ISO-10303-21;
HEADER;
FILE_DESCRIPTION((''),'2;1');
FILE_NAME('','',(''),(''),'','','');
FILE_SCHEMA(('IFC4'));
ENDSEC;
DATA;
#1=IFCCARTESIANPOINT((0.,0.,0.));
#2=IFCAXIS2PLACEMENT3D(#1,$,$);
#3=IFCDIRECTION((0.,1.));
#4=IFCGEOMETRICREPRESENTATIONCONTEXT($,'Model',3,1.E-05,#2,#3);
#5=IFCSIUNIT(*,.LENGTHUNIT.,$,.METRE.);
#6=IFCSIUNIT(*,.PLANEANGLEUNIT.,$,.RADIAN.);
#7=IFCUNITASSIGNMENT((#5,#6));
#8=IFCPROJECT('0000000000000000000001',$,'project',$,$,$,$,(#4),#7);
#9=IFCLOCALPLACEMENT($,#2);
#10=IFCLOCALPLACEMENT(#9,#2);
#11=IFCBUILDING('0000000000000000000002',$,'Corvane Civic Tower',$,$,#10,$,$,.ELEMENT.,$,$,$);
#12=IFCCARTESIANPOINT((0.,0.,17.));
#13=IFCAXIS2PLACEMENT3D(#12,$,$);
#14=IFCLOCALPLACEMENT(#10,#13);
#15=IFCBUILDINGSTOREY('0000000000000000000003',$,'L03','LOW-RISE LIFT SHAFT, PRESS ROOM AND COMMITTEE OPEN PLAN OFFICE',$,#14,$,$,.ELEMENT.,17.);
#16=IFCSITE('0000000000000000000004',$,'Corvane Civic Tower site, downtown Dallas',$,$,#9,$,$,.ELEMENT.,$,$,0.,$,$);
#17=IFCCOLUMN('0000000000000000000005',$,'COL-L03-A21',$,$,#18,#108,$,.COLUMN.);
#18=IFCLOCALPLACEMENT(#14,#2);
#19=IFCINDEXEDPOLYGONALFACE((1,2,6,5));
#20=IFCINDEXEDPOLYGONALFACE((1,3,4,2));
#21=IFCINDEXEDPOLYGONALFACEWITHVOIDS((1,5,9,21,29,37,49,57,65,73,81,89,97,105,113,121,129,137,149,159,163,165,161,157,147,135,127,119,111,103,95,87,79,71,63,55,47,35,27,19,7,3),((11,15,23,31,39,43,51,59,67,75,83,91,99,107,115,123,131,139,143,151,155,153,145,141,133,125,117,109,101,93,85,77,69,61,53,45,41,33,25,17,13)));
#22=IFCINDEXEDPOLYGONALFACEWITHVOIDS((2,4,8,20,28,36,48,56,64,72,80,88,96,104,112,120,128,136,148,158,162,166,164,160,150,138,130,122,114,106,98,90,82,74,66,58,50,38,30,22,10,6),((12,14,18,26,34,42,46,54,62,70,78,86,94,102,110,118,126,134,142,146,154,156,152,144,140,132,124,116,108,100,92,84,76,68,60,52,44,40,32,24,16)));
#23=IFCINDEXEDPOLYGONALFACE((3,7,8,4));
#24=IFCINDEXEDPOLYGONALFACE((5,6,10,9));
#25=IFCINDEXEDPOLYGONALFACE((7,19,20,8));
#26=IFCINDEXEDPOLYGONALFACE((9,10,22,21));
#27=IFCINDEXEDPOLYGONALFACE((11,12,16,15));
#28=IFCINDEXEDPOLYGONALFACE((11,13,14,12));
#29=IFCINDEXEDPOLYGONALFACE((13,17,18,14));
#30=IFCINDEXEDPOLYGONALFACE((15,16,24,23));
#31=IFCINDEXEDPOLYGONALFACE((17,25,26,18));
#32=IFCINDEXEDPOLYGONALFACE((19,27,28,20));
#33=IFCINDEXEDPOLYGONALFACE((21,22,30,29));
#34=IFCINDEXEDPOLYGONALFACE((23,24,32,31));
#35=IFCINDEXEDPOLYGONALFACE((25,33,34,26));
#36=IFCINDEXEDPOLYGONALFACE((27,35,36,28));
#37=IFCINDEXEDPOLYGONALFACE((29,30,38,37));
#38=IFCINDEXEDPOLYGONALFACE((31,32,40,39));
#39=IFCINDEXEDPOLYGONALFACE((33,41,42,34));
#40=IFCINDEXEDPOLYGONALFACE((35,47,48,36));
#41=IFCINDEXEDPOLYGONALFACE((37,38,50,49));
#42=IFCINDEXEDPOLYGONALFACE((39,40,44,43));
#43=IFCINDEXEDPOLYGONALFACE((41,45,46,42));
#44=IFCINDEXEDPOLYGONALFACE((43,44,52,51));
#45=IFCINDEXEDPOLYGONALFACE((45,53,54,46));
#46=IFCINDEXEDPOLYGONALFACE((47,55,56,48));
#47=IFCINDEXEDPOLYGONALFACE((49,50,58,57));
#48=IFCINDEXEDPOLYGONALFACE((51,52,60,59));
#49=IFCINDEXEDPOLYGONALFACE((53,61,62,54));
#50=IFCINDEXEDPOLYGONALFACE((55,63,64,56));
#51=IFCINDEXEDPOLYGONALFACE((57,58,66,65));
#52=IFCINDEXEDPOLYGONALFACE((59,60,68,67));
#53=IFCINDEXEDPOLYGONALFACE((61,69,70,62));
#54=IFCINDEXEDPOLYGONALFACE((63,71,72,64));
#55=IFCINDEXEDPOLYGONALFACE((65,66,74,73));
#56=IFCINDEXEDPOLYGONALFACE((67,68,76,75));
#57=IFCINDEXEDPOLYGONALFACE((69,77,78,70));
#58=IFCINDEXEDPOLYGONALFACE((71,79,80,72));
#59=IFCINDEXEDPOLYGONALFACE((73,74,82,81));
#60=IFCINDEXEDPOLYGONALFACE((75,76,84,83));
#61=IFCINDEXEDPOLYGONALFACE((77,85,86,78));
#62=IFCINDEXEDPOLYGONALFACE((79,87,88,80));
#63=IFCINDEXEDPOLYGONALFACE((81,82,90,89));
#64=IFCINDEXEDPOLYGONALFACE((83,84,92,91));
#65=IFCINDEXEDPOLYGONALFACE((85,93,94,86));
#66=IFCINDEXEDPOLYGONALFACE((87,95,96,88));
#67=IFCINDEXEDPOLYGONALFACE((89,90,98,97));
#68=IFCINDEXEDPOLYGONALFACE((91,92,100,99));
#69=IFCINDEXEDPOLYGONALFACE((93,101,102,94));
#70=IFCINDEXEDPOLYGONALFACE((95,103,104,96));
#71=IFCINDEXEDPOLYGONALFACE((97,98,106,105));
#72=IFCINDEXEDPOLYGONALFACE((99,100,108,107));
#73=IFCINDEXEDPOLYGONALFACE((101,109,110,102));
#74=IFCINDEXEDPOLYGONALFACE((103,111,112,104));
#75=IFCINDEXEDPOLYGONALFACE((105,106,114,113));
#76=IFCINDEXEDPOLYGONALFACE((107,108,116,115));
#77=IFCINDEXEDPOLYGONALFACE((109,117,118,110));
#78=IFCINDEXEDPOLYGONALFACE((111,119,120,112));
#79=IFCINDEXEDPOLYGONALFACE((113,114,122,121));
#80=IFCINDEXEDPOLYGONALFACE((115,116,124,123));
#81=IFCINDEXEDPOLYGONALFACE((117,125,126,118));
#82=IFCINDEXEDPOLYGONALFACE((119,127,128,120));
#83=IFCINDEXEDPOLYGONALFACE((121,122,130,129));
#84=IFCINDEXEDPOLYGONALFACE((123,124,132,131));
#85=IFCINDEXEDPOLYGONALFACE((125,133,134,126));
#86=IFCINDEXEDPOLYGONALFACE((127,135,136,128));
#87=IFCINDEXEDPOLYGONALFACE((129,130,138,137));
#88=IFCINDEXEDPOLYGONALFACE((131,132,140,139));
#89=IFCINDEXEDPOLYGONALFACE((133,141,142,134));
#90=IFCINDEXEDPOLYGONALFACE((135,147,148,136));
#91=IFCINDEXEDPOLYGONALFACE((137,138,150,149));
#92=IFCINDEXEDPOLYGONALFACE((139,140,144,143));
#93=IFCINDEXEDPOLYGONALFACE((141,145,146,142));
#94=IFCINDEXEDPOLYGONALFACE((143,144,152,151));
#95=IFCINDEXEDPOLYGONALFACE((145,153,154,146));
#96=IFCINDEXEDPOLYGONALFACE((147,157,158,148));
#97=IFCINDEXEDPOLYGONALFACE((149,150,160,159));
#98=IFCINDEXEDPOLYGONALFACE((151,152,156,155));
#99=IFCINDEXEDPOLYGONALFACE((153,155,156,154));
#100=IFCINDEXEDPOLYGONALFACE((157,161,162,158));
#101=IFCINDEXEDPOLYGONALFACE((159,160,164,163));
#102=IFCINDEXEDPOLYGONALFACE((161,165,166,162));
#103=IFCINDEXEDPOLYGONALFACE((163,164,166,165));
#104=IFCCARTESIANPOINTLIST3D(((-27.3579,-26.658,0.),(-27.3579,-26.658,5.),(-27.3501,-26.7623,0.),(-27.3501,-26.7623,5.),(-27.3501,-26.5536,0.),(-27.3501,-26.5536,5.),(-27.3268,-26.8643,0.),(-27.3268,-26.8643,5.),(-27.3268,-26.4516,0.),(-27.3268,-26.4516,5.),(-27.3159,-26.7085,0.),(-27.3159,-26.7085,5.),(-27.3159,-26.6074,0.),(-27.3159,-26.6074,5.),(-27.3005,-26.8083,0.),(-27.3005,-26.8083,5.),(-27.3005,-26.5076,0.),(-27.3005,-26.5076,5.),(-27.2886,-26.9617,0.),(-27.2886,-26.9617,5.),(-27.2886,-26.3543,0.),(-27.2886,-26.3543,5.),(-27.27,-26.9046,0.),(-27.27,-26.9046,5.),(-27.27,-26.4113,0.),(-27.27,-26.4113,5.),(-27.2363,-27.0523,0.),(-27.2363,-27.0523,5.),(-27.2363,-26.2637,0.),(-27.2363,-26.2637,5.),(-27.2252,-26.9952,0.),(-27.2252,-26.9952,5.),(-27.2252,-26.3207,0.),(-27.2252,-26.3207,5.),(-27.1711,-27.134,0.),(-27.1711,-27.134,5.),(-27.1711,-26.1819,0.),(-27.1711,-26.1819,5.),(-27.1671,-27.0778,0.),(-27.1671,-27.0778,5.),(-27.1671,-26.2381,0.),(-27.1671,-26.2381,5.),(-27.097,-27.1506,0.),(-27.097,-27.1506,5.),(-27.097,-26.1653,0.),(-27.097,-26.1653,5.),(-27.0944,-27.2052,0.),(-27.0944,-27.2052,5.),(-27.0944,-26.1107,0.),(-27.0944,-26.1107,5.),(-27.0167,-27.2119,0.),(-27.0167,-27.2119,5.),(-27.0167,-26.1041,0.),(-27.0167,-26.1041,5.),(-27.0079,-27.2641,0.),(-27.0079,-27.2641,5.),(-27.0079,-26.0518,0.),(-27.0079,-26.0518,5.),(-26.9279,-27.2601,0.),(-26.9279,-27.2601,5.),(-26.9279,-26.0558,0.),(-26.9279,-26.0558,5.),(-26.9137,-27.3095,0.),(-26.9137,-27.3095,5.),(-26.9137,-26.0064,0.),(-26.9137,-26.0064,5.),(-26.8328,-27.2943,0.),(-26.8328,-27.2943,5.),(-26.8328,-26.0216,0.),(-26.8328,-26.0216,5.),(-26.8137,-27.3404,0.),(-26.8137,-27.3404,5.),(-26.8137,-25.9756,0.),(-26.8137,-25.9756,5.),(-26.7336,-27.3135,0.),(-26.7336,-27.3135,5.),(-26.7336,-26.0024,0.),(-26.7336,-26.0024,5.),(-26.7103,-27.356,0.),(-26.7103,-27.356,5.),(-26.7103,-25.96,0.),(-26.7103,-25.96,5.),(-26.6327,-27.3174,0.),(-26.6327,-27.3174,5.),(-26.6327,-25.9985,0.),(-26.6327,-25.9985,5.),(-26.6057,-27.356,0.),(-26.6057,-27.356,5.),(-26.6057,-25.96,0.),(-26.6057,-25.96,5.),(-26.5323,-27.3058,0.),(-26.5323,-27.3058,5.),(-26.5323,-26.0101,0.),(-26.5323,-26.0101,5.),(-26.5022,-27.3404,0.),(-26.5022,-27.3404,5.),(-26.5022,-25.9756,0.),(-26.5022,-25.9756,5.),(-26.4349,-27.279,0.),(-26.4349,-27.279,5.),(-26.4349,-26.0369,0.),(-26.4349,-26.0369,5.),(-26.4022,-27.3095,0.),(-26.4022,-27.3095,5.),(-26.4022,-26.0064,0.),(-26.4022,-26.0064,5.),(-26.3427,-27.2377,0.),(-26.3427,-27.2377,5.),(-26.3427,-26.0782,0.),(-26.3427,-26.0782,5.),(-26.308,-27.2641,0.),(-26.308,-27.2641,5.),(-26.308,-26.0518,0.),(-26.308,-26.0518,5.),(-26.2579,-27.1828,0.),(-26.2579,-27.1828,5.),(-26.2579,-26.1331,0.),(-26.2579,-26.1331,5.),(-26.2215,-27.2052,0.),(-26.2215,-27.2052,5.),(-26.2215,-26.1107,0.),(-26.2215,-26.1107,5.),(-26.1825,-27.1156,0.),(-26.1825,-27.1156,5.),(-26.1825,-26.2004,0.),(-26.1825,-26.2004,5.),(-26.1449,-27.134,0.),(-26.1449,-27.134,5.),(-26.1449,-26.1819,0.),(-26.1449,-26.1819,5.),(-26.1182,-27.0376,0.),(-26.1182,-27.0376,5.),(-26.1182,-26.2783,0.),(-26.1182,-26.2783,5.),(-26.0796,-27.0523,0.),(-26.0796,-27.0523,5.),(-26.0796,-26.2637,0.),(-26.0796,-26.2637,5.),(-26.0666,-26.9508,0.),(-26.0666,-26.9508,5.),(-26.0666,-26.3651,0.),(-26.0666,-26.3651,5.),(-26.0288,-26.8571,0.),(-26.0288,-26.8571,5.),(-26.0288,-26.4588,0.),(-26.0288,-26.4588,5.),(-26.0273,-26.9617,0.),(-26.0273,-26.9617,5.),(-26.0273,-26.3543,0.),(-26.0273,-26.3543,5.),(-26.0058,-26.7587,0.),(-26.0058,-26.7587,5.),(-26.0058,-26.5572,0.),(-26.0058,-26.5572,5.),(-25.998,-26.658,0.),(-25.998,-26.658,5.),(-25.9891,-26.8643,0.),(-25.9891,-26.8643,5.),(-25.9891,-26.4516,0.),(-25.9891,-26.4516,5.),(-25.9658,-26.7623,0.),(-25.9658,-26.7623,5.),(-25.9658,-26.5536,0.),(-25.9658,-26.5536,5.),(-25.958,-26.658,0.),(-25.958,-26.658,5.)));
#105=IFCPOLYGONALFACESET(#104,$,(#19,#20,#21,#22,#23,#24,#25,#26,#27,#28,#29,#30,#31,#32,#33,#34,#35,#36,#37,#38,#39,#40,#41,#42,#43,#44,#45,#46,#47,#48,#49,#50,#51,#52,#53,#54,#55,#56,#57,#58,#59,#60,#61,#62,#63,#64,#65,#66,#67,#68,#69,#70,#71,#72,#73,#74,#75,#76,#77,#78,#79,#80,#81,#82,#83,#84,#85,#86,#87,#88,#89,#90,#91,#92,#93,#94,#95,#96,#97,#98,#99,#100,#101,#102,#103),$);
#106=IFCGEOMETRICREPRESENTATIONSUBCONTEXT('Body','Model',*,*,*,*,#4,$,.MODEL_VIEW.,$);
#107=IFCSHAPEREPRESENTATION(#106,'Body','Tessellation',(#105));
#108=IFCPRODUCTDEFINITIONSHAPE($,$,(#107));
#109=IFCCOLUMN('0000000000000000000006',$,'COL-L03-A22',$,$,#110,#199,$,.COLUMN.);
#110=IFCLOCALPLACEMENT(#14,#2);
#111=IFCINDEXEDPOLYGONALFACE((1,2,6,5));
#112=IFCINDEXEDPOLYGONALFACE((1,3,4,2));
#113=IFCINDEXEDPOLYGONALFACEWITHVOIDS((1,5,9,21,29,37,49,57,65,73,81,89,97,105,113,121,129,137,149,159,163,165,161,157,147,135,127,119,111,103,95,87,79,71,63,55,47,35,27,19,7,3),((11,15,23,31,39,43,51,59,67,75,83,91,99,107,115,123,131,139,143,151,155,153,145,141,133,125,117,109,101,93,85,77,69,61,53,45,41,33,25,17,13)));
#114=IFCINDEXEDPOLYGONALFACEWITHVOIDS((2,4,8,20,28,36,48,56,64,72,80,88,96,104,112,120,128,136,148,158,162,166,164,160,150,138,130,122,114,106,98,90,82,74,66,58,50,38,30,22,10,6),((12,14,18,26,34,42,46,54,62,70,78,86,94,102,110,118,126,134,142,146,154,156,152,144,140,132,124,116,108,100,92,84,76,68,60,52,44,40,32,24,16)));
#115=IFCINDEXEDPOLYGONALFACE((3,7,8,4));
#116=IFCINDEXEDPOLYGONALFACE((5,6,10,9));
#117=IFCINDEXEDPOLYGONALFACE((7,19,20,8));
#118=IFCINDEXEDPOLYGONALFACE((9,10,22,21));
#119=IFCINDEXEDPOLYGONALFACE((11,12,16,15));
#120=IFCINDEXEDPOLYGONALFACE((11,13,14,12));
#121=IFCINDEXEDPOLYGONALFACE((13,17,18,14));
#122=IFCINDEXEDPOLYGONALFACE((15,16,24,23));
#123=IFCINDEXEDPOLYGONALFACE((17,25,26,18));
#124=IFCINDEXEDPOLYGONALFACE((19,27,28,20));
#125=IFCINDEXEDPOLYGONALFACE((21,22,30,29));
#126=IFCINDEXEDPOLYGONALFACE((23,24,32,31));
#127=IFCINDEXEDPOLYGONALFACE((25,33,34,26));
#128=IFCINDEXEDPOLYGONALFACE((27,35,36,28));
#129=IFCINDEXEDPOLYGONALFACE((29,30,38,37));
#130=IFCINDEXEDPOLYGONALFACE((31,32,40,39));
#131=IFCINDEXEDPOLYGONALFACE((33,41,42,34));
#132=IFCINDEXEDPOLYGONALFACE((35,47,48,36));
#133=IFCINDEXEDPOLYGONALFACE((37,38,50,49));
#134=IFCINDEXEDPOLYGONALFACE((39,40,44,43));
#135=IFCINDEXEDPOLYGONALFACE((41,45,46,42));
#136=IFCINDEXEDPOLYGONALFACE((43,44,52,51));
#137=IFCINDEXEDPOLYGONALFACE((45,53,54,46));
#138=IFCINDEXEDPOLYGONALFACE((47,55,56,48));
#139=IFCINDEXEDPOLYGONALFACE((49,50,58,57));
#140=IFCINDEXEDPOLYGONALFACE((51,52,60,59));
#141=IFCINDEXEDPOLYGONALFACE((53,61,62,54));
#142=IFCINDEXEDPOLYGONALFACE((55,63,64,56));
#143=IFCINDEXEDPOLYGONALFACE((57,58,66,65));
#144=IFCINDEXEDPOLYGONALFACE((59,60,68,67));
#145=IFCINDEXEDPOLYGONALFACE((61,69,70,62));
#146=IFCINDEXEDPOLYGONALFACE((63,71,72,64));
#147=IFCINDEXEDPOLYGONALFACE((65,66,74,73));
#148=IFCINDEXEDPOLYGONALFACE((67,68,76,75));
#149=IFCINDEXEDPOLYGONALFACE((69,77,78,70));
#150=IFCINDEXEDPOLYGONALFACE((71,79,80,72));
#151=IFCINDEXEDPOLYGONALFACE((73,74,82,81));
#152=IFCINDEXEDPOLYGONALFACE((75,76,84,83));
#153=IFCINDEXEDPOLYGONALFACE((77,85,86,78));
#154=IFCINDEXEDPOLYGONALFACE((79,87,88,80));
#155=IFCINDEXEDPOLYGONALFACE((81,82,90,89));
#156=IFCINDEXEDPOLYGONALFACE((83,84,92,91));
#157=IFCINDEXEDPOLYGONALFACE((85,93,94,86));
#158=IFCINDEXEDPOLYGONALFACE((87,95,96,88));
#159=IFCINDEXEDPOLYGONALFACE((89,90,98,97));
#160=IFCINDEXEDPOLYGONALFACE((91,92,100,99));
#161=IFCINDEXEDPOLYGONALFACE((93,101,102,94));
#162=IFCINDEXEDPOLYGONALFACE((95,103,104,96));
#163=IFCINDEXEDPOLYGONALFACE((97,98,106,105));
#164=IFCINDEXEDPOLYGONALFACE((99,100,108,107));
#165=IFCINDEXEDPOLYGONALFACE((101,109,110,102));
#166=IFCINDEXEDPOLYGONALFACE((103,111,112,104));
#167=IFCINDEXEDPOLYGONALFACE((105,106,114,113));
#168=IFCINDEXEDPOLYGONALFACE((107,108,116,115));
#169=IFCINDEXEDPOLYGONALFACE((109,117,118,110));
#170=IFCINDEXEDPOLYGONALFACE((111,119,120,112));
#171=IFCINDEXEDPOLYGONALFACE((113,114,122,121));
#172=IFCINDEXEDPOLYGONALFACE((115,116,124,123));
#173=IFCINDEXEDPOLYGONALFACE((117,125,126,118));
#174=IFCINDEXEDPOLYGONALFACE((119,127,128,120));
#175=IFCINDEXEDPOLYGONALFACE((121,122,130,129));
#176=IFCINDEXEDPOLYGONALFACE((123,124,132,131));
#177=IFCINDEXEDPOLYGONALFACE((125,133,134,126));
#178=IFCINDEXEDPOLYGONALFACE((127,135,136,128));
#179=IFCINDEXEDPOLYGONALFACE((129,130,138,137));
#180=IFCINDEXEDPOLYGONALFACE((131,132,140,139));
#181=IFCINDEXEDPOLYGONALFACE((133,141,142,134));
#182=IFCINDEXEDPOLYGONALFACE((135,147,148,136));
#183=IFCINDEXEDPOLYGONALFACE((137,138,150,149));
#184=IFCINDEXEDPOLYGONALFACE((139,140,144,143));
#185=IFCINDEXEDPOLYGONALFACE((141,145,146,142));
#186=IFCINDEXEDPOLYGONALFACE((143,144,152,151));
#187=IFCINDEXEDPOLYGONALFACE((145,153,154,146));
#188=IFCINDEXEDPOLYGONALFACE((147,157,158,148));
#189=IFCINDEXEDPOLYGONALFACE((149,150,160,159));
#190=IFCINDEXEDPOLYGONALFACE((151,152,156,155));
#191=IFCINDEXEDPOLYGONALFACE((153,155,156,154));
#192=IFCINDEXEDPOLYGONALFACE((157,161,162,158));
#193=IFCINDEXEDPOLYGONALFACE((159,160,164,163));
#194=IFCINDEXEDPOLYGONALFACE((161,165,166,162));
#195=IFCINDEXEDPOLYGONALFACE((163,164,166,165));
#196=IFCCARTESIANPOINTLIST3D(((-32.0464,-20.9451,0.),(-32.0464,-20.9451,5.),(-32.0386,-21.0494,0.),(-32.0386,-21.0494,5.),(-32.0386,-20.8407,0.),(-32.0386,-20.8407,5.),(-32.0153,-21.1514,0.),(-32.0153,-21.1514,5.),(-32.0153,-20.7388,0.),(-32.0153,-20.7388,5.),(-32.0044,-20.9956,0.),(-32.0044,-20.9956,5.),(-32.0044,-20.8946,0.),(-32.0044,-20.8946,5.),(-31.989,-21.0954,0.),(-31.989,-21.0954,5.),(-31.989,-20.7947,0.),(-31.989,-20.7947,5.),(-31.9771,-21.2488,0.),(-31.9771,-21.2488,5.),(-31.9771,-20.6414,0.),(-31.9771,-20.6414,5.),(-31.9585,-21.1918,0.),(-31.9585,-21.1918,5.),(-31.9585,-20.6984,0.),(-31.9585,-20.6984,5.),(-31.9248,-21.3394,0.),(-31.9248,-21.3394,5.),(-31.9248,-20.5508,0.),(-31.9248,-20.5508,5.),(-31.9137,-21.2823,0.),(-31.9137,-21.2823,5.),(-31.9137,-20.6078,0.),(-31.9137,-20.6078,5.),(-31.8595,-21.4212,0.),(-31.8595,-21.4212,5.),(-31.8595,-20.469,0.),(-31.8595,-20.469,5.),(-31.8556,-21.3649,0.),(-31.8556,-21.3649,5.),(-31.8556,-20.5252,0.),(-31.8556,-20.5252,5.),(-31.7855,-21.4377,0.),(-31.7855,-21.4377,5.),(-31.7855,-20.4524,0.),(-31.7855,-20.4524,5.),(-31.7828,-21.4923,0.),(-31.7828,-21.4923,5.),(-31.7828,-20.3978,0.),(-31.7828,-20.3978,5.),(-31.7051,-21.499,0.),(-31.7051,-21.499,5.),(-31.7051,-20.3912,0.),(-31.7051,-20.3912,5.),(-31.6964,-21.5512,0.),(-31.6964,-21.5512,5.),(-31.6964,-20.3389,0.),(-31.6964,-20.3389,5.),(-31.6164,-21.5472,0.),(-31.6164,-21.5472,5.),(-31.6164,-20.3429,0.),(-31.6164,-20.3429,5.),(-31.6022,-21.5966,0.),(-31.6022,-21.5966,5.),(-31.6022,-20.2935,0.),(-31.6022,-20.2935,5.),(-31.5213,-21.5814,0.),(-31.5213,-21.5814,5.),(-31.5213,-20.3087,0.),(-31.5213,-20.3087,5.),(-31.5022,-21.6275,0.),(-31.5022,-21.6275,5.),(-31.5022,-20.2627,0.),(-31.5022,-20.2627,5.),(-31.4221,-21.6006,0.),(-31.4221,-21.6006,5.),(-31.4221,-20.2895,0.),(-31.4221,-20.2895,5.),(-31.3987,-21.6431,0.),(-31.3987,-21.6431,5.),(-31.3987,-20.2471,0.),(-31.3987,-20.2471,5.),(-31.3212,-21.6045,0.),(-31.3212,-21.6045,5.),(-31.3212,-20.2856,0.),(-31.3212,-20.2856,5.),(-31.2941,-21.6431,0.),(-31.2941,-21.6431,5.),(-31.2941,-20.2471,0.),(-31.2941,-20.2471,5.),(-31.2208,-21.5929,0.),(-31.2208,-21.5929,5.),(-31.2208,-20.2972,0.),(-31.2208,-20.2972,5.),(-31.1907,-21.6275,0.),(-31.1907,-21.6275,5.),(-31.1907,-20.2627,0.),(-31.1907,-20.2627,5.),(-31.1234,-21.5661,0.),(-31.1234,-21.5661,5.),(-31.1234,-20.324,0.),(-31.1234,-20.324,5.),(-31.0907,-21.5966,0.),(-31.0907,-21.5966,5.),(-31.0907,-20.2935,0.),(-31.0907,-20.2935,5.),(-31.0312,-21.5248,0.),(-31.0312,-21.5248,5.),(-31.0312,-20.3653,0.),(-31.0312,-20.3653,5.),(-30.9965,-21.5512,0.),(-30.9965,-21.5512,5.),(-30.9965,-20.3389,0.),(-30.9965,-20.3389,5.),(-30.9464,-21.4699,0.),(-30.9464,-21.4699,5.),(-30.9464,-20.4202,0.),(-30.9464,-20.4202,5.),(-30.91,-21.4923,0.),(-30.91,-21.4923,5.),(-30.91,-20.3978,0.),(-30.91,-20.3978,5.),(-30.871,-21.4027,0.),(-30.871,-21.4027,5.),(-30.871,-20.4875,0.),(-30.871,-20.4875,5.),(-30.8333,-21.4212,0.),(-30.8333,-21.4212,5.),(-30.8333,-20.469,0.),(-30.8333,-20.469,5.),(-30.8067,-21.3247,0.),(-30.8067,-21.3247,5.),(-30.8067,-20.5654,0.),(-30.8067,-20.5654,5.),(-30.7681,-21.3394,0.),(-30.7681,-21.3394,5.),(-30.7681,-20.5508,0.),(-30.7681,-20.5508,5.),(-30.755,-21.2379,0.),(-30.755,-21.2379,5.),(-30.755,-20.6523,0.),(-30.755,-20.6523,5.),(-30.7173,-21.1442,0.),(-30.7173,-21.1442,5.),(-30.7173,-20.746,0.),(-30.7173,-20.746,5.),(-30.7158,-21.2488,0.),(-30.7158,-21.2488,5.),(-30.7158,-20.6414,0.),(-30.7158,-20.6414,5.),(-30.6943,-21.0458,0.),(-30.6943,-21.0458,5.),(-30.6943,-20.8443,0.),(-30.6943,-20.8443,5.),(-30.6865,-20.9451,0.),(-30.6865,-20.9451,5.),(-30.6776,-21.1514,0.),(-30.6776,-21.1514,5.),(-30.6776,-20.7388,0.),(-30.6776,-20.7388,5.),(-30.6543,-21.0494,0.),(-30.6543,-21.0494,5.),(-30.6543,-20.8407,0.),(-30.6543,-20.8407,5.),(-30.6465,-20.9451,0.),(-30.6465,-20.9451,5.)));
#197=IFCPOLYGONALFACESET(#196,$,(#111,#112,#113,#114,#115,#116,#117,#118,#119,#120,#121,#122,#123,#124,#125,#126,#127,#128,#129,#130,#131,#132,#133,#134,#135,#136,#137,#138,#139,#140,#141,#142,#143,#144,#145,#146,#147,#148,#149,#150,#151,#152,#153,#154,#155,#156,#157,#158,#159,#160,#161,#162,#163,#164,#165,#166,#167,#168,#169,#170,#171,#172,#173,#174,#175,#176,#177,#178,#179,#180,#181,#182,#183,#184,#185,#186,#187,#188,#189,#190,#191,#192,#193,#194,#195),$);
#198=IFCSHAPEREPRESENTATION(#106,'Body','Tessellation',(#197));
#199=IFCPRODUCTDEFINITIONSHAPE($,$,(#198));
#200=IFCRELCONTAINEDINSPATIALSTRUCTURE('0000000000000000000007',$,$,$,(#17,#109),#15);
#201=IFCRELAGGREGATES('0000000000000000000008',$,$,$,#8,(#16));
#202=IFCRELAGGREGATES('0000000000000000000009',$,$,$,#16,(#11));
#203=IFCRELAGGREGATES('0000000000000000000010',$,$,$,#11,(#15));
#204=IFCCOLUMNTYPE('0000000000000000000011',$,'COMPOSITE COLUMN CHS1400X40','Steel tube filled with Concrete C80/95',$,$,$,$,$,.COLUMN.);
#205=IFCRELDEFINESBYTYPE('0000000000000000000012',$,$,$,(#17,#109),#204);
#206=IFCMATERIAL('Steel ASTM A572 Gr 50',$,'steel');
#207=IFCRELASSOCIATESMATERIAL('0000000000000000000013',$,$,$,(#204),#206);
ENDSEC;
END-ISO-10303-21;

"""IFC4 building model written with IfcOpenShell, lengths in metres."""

from ifc_helpers import new_model, si_unit, direction, frame, origin, origin_2d, place, context, subcontext, project, spatial, hollow_circle, extrude, material, material_profile, profile_set, type_object, element, save


model = new_model("IFC4")

# Units and contexts
model_context = context("Model", 3, precision=1e-05, world=origin(), true_north=direction((0.0, 1.0)))
body_context = subcontext(model_context, "Body", "Model", "MODEL_VIEW")
ifc_project = project(units=[si_unit("LENGTHUNIT", "METRE"), si_unit("PLANEANGLEUNIT", "RADIAN")], contexts=[model_context])

# Site, building, storey
site_placement = place(None, origin())
site = spatial("IfcSite", under=ifc_project, at=site_placement, Name="Corvane Civic Tower site, downtown Dallas", CompositionType="ELEMENT", RefElevation=0.0)
building_placement = place(site_placement, origin())
building = spatial("IfcBuilding", under=site, at=building_placement, Name="Corvane Civic Tower", CompositionType="ELEMENT")
storey_placement = place(building_placement, frame((0.0, 0.0, 17.0)))
storey = spatial("IfcBuildingStorey", under=building, at=storey_placement, Name="L03", Description="LOW-RISE LIFT SHAFT, PRESS ROOM AND COMMITTEE OPEN PLAN OFFICE", CompositionType="ELEMENT", Elevation=17.0)

# Columns
ifc_material_1 = material(Name="Steel ASTM A572 Gr 50", Category="steel")
ifc_material_profile_1 = material_profile(ifc_material_1, hollow_circle(Radius=0.7, WallThickness=0.04, at=origin_2d()), Name="CHS1400X40")
ifc_profile_set_1 = profile_set([ifc_material_profile_1], Name="Steel ASTM A572 Gr 50")
column_type_1 = type_object("IfcColumnType", Name="COMPOSITE COLUMN CHS1400X40", Description="Steel tube filled with Concrete C80/95", PredefinedType="COLUMN", material=ifc_profile_set_1)
for number, where, z_axis, x_axis, name in (
    (1, (-26.658, -26.658, 0.0), (0.0, 0.0, 1.0), (1.0, 0.0, 0.0), "COL-L03-A21"),
    (2, (-31.3464, -20.9451, 0.0), (0.0, 0.0, 1.0), (1.0, 0.0, 0.0), "COL-L03-A22"),
):
    element("IfcColumn", number, at=place(storey_placement, frame(where, z_axis=z_axis, x_axis=x_axis)), inside=storey, type_object=column_type_1, Name=name, PredefinedType="COLUMN", context=body_context, shape_type="SweptSolid", body=[
        extrude(hollow_circle(Radius=0.7, WallThickness=0.04, at=origin_2d()), origin(), (0.0, 0.0, 1.0), 5.0),
    ])

save(model, "model.ifc")
